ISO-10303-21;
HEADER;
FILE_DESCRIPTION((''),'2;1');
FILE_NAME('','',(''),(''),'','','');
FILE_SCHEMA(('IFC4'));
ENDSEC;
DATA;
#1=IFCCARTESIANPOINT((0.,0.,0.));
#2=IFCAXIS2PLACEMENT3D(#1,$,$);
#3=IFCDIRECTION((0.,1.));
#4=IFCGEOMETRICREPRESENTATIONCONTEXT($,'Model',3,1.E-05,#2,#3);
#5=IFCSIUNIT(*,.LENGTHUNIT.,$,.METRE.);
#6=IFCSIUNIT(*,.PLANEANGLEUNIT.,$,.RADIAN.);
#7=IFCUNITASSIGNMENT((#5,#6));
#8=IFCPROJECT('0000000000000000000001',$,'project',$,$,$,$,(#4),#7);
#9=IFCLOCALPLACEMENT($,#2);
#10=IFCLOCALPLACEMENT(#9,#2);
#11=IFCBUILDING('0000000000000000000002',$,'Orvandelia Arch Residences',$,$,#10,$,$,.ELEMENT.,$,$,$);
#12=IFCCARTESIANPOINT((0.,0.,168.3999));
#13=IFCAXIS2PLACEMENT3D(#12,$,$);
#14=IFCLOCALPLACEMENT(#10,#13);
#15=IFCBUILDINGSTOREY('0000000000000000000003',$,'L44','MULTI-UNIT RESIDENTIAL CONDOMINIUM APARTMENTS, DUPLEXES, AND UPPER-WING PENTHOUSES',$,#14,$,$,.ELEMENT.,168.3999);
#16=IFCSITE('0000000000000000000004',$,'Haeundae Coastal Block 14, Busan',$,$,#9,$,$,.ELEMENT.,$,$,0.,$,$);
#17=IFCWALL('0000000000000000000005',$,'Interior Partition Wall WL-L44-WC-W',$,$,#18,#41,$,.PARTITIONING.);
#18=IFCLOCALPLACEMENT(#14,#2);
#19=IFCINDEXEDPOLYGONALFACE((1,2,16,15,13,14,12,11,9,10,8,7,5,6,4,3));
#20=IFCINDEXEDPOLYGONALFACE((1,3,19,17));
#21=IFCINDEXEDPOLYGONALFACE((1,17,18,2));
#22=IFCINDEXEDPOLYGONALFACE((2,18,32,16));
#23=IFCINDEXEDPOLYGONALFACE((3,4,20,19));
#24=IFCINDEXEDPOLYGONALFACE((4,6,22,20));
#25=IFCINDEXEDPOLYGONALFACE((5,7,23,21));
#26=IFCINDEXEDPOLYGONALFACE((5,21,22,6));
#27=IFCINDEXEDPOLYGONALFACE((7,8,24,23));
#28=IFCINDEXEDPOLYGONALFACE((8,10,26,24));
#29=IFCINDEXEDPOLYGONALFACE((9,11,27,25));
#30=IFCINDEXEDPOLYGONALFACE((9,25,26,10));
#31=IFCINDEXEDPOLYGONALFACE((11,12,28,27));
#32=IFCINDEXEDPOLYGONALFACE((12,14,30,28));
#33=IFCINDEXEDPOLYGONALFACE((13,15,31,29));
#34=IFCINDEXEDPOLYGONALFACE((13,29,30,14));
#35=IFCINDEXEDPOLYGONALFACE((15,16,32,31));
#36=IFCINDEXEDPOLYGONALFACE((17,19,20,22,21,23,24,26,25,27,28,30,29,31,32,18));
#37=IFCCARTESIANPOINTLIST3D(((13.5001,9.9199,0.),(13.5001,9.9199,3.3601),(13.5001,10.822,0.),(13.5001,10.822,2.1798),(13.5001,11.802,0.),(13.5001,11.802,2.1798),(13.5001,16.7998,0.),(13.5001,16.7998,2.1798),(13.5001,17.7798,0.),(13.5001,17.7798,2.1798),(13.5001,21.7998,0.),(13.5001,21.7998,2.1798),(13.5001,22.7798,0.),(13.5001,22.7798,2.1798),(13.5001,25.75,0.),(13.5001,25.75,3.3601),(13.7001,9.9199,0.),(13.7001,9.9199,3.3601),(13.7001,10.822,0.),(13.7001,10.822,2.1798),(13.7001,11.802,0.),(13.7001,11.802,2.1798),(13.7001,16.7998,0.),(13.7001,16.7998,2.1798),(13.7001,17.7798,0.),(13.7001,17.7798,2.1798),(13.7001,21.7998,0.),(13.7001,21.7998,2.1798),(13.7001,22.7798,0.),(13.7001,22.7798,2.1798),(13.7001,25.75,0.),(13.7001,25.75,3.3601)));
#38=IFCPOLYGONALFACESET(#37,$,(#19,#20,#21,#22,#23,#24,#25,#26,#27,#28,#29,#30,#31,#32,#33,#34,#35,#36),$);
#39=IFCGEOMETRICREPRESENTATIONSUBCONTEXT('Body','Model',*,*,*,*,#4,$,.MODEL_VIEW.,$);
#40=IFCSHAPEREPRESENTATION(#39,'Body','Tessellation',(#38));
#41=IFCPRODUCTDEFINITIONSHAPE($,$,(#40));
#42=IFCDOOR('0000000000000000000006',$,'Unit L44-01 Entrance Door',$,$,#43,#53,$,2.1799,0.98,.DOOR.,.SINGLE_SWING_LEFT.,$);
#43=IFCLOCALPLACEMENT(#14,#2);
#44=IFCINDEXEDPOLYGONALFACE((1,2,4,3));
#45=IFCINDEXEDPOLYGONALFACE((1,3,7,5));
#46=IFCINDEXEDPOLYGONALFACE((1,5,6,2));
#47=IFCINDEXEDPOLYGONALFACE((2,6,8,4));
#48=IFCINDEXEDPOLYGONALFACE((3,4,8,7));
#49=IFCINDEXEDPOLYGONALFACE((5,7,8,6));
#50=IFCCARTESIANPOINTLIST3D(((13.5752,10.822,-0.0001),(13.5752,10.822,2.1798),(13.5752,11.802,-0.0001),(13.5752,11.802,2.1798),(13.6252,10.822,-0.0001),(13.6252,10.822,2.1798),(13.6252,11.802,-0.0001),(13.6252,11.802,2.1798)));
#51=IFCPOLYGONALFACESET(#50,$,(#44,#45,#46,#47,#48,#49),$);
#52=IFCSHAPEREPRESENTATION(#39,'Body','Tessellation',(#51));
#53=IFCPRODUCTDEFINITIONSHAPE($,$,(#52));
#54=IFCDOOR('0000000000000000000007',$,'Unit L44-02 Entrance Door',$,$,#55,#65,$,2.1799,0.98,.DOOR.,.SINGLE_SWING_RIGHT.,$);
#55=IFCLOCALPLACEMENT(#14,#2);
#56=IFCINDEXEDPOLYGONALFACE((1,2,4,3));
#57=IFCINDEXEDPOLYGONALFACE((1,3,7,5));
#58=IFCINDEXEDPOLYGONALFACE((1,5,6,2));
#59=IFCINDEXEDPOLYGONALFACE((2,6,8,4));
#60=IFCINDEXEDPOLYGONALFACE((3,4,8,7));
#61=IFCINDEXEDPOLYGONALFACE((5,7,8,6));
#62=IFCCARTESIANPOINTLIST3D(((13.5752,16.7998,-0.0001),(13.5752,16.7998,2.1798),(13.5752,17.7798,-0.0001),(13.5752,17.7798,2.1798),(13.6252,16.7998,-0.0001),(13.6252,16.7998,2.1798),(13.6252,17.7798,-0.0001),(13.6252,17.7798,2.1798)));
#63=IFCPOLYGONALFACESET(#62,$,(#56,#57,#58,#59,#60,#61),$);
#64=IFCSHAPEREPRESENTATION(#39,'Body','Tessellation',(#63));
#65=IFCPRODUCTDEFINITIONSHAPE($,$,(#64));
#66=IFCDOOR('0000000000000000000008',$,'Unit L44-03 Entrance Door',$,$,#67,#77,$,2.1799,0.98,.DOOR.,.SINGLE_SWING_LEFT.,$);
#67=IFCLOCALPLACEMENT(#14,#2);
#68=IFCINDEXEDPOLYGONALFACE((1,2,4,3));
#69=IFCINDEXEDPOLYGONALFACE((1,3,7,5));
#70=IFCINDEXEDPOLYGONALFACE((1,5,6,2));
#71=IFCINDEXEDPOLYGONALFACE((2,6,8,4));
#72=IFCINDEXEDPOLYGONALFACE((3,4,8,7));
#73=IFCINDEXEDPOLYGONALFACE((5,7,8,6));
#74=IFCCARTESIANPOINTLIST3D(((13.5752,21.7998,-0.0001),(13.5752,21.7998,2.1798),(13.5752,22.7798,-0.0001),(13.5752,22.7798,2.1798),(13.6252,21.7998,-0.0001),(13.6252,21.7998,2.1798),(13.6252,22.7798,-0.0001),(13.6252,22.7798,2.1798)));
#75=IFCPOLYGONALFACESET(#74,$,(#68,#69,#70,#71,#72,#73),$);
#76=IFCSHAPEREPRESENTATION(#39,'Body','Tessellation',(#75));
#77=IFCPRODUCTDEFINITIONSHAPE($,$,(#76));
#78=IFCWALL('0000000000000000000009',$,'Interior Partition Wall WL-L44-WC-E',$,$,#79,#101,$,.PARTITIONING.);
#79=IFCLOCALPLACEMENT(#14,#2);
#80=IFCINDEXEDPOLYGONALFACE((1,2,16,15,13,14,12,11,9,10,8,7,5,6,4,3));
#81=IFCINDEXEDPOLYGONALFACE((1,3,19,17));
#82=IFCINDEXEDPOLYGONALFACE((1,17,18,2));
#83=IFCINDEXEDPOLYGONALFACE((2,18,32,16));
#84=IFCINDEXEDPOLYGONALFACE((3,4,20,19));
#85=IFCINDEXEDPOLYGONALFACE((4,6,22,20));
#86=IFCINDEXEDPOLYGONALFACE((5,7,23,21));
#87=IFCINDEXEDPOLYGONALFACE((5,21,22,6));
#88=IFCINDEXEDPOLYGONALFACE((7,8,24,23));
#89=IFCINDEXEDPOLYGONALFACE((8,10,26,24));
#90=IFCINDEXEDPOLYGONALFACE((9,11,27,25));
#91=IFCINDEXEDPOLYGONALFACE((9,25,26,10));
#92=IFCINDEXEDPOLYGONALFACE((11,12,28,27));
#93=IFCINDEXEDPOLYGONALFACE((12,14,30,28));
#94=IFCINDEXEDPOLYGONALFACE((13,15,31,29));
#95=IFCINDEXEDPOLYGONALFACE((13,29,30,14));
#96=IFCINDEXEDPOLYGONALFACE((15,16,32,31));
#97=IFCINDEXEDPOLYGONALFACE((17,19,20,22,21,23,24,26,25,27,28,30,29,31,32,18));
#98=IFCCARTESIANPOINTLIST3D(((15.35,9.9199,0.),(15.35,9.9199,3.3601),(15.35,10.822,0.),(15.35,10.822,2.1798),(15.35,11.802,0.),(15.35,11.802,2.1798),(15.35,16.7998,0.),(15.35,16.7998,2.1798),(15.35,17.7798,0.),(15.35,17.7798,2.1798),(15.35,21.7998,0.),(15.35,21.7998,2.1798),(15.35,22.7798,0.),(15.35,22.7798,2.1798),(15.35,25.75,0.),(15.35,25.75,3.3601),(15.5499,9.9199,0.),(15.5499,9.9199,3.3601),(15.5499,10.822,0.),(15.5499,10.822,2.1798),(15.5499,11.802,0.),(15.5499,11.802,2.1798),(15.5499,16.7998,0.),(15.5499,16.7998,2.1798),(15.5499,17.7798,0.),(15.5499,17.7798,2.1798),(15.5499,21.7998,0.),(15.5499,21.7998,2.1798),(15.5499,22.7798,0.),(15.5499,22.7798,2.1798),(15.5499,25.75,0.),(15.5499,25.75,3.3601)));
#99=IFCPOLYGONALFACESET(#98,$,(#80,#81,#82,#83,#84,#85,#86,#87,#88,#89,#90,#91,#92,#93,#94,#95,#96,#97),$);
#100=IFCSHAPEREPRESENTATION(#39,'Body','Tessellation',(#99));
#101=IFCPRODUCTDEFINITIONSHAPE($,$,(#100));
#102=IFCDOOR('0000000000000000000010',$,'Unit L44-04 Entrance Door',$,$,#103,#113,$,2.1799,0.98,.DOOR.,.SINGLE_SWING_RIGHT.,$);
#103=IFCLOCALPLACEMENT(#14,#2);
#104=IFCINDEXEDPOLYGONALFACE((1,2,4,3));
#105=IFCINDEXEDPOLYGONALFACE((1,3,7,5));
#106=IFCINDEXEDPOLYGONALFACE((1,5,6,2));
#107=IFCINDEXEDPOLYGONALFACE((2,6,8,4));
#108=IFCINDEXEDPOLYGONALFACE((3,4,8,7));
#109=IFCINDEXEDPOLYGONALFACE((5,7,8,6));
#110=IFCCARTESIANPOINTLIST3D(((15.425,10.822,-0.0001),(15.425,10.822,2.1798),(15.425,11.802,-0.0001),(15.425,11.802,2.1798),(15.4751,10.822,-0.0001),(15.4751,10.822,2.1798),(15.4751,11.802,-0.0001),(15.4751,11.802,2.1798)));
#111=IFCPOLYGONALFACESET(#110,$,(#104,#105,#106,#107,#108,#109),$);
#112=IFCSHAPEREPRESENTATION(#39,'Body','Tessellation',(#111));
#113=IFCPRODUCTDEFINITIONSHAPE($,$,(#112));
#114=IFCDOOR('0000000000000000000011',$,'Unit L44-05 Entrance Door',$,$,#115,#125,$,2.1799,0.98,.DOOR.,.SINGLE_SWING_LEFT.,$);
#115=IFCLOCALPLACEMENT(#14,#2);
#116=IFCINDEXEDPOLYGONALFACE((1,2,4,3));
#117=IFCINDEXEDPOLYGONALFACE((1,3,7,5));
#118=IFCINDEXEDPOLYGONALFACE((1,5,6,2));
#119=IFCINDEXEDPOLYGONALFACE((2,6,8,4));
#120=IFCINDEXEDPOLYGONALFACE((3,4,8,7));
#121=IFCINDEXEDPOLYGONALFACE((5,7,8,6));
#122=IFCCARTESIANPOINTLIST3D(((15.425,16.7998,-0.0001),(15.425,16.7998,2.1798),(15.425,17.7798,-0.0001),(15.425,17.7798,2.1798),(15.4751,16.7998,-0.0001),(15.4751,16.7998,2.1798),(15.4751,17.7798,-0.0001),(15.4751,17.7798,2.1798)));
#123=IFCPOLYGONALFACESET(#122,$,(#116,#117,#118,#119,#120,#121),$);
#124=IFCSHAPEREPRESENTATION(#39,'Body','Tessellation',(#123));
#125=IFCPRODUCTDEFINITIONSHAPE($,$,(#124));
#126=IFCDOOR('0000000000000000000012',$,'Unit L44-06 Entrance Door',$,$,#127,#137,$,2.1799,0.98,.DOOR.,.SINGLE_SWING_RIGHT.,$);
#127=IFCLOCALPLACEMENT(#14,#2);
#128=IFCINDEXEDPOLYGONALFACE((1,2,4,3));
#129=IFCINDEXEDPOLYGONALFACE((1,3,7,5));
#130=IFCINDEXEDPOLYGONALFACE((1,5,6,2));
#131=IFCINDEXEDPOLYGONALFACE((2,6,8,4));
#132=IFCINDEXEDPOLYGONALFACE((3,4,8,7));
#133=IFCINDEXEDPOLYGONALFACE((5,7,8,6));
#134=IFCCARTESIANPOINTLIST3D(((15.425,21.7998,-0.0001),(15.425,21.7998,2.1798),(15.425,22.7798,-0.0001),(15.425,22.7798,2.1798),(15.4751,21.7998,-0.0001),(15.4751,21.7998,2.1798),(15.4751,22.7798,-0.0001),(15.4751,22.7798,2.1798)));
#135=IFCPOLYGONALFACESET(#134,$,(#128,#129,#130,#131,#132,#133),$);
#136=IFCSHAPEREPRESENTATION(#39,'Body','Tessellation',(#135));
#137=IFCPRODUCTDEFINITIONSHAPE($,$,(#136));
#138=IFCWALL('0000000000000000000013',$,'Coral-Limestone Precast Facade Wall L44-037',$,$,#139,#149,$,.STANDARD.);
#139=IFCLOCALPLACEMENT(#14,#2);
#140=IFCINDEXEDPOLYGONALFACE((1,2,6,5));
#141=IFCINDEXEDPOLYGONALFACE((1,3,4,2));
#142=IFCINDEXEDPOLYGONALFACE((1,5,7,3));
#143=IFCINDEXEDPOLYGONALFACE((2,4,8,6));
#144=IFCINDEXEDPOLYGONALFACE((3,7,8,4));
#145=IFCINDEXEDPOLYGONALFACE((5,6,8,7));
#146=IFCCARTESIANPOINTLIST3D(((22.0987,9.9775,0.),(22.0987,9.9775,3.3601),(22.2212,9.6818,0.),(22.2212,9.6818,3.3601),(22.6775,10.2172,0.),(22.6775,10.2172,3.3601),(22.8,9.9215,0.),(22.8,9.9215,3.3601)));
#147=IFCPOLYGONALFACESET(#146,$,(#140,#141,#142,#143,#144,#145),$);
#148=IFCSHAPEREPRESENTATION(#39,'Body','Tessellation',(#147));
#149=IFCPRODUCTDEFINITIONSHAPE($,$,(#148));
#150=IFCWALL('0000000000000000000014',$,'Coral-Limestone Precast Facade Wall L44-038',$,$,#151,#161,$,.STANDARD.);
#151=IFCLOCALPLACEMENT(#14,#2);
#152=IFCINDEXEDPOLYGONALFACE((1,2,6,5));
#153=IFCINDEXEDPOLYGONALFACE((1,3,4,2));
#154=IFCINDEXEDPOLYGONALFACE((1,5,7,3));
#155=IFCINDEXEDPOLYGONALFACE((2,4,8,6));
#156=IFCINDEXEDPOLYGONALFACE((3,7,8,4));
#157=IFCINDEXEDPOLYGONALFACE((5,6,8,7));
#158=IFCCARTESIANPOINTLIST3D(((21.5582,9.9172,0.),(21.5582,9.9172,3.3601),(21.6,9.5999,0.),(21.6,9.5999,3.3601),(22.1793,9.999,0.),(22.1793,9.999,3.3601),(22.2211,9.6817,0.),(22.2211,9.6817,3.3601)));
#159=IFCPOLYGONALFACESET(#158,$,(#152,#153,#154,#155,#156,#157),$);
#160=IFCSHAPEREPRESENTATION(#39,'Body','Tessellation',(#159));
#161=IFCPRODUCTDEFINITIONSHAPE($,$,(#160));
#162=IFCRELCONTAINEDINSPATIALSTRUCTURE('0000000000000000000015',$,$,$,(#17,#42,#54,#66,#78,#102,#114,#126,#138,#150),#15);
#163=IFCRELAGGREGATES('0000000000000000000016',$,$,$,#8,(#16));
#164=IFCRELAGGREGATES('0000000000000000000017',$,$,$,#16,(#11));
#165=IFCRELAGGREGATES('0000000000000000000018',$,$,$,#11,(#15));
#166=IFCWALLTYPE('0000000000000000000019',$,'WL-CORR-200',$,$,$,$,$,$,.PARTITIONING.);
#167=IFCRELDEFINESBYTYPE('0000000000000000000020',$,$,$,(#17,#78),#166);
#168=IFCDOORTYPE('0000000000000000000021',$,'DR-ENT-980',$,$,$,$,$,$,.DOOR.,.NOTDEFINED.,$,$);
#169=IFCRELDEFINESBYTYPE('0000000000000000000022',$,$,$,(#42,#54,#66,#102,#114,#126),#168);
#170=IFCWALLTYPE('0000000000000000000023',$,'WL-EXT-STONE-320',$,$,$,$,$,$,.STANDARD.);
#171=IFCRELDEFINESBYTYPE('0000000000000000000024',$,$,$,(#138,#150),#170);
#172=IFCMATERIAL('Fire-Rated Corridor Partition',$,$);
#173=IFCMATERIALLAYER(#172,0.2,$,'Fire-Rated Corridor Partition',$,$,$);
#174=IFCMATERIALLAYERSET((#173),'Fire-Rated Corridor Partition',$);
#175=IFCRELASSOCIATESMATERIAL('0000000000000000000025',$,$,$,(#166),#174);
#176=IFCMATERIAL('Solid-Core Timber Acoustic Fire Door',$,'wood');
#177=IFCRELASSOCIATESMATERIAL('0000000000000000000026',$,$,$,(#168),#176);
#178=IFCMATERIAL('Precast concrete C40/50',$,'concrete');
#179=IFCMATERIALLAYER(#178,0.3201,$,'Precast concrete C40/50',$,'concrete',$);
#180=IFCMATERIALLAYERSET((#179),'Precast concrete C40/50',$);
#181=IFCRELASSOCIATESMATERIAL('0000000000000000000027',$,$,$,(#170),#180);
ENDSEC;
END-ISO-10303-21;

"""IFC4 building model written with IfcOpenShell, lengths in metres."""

from ifc_helpers import new_model, si_unit, direction, frame, frame_2d, origin, place, context, subcontext, project, spatial, rectangle, extrude, material, layer, layer_set, type_object, element, fill, save


model = new_model("IFC4")

# Units and contexts
model_context = context("Model", 3, precision=1e-05, world=origin(), true_north=direction((0.0, 1.0)))
body_context = subcontext(model_context, "Body", "Model", "MODEL_VIEW")
ifc_project = project(units=[si_unit("LENGTHUNIT", "METRE"), si_unit("PLANEANGLEUNIT", "RADIAN")], contexts=[model_context])

# Site, building, storey
site_placement = place(None, origin())
site = spatial("IfcSite", under=ifc_project, at=site_placement, Name="Haeundae Coastal Block 14, Busan", CompositionType="ELEMENT", RefElevation=0.0)
building_placement = place(site_placement, origin())
building = spatial("IfcBuilding", under=site, at=building_placement, Name="Orvandelia Arch Residences", CompositionType="ELEMENT")
storey_placement = place(building_placement, frame((0.0, 0.0, 168.3999)))
storey = spatial("IfcBuildingStorey", under=building, at=storey_placement, Name="L44", Description="MULTI-UNIT RESIDENTIAL CONDOMINIUM APARTMENTS, DUPLEXES, AND UPPER-WING PENTHOUSES", CompositionType="ELEMENT", Elevation=168.3999)

# Walls, openings, doors
ifc_material_1 = material(Name="Fire-Rated Corridor Partition")
ifc_layer_1 = layer(ifc_material_1, 0.2, Name="Fire-Rated Corridor Partition")
ifc_layer_set_1 = layer_set([ifc_layer_1], Name="Fire-Rated Corridor Partition")
wall_type_1 = type_object("IfcWallType", Name="WL-CORR-200", PredefinedType="PARTITIONING", material=ifc_layer_set_1)
wall_1_placement = place(storey_placement, frame((13.6001, 9.9199, 0.0), z_axis=(0.0, 0.0, 1.0), x_axis=(0.0, 1.0, 0.0)))
wall_1 = element("IfcWall", 1, at=wall_1_placement, inside=storey, type_object=wall_type_1, Name="Interior Partition Wall WL-L44-WC-W", PredefinedType="PARTITIONING", context=body_context, shape_type="SweptSolid", body=[
    extrude(rectangle(XDim=15.8301, YDim=0.2, at=frame_2d((7.915, 0.0))), origin(), (0.0, 0.0, 1.0), 3.3601),
])
opening_1_placement = place(wall_1_placement, frame((0.9021, 0.0, 0.0)))
opening_1 = element("IfcOpeningElement", 2, at=opening_1_placement, cuts=wall_1, PredefinedType="OPENING", context=body_context, shape_type="SweptSolid", body=[
    extrude(rectangle(XDim=0.98, YDim=2.1799, at=frame_2d((0.49, 1.0898))), frame((0.0, 0.1099, 0.0), z_axis=(0.0, -1.0, 0.0), x_axis=(1.0, 0.0, 0.0)), (0.0, 0.0, 1.0), 0.22),
])
opening_2_placement = place(wall_1_placement, frame((6.8799, 0.0, 0.0)))
opening_2 = element("IfcOpeningElement", 3, at=opening_2_placement, cuts=wall_1, PredefinedType="OPENING", context=body_context, shape_type="SweptSolid", body=[
    extrude(rectangle(XDim=0.98, YDim=2.1799, at=frame_2d((0.49, 1.0898))), frame((0.0, 0.1099, 0.0), z_axis=(0.0, -1.0, 0.0), x_axis=(1.0, 0.0, 0.0)), (0.0, 0.0, 1.0), 0.22),
])
opening_3_placement = place(wall_1_placement, frame((11.8799, 0.0, 0.0)))
opening_3 = element("IfcOpeningElement", 4, at=opening_3_placement, cuts=wall_1, PredefinedType="OPENING", context=body_context, shape_type="SweptSolid", body=[
    extrude(rectangle(XDim=0.98, YDim=2.1799, at=frame_2d((0.49, 1.0898))), frame((0.0, 0.1099, 0.0), z_axis=(0.0, -1.0, 0.0), x_axis=(1.0, 0.0, 0.0)), (0.0, 0.0, 1.0), 0.22),
])
ifc_material_2 = material(Name="Solid-Core Timber Acoustic Fire Door", Category="wood")
door_type_1 = type_object("IfcDoorType", Name="DR-ENT-980", OperationType="NOTDEFINED", PredefinedType="DOOR", material=ifc_material_2)
door_1_placement = place(opening_1_placement, origin())
door_1 = element("IfcDoor", 5, at=door_1_placement, inside=storey, type_object=door_type_1, Name="Unit L44-01 Entrance Door", OperationType="SINGLE_SWING_LEFT", OverallHeight=2.1799, OverallWidth=0.98, PredefinedType="DOOR", context=body_context, shape_type="SweptSolid", body=[
    extrude(rectangle(XDim=0.98, YDim=2.1799, at=frame_2d((0.49, 1.0898))), frame((0.0, 0.0249, 0.0), z_axis=(0.0, -1.0, 0.0), x_axis=(1.0, 0.0, 0.0)), (0.0, 0.0, 1.0), 0.05),
])
fill(opening_1, door_1)
door_2_placement = place(opening_2_placement, origin())
door_2 = element("IfcDoor", 6, at=door_2_placement, inside=storey, type_object=door_type_1, Name="Unit L44-02 Entrance Door", OperationType="SINGLE_SWING_RIGHT", OverallHeight=2.1799, OverallWidth=0.98, PredefinedType="DOOR", context=body_context, shape_type="SweptSolid", body=[
    extrude(rectangle(XDim=0.98, YDim=2.1799, at=frame_2d((0.49, 1.0898))), frame((0.0, 0.0249, 0.0), z_axis=(0.0, -1.0, 0.0), x_axis=(1.0, 0.0, 0.0)), (0.0, 0.0, 1.0), 0.05),
])
fill(opening_2, door_2)
door_3_placement = place(opening_3_placement, origin())
door_3 = element("IfcDoor", 7, at=door_3_placement, inside=storey, type_object=door_type_1, Name="Unit L44-03 Entrance Door", OperationType="SINGLE_SWING_LEFT", OverallHeight=2.1799, OverallWidth=0.98, PredefinedType="DOOR", context=body_context, shape_type="SweptSolid", body=[
    extrude(rectangle(XDim=0.98, YDim=2.1799, at=frame_2d((0.49, 1.0898))), frame((0.0, 0.0249, 0.0), z_axis=(0.0, -1.0, 0.0), x_axis=(1.0, 0.0, 0.0)), (0.0, 0.0, 1.0), 0.05),
])
fill(opening_3, door_3)
wall_2_placement = place(storey_placement, frame((15.45, 9.9199, 0.0), z_axis=(0.0, 0.0, 1.0), x_axis=(0.0, 1.0, 0.0)))
wall_2 = element("IfcWall", 8, at=wall_2_placement, inside=storey, type_object=wall_type_1, Name="Interior Partition Wall WL-L44-WC-E", PredefinedType="PARTITIONING", context=body_context, shape_type="SweptSolid", body=[
    extrude(rectangle(XDim=15.8301, YDim=0.2, at=frame_2d((7.915, 0.0))), origin(), (0.0, 0.0, 1.0), 3.3601),
])
opening_4_placement = place(wall_2_placement, frame((0.9021, 0.0, 0.0)))
opening_4 = element("IfcOpeningElement", 9, at=opening_4_placement, cuts=wall_2, PredefinedType="OPENING", context=body_context, shape_type="SweptSolid", body=[
    extrude(rectangle(XDim=0.98, YDim=2.1799, at=frame_2d((0.49, 1.0898))), frame((0.0, 0.1099, 0.0), z_axis=(0.0, -1.0, 0.0), x_axis=(1.0, 0.0, 0.0)), (0.0, 0.0, 1.0), 0.22),
])
opening_5_placement = place(wall_2_placement, frame((6.8799, 0.0, 0.0)))
opening_5 = element("IfcOpeningElement", 10, at=opening_5_placement, cuts=wall_2, PredefinedType="OPENING", context=body_context, shape_type="SweptSolid", body=[
    extrude(rectangle(XDim=0.98, YDim=2.1799, at=frame_2d((0.49, 1.0898))), frame((0.0, 0.1099, 0.0), z_axis=(0.0, -1.0, 0.0), x_axis=(1.0, 0.0, 0.0)), (0.0, 0.0, 1.0), 0.22),
])
opening_6_placement = place(wall_2_placement, frame((11.8799, 0.0, 0.0)))
opening_6 = element("IfcOpeningElement", 11, at=opening_6_placement, cuts=wall_2, PredefinedType="OPENING", context=body_context, shape_type="SweptSolid", body=[
    extrude(rectangle(XDim=0.98, YDim=2.1799, at=frame_2d((0.49, 1.0898))), frame((0.0, 0.1099, 0.0), z_axis=(0.0, -1.0, 0.0), x_axis=(1.0, 0.0, 0.0)), (0.0, 0.0, 1.0), 0.22),
])
door_4_placement = place(opening_4_placement, origin())
door_4 = element("IfcDoor", 12, at=door_4_placement, inside=storey, type_object=door_type_1, Name="Unit L44-04 Entrance Door", OperationType="SINGLE_SWING_RIGHT", OverallHeight=2.1799, OverallWidth=0.98, PredefinedType="DOOR", context=body_context, shape_type="SweptSolid", body=[
    extrude(rectangle(XDim=0.98, YDim=2.1799, at=frame_2d((0.49, 1.0898))), frame((0.0, 0.0249, 0.0), z_axis=(0.0, -1.0, 0.0), x_axis=(1.0, 0.0, 0.0)), (0.0, 0.0, 1.0), 0.05),
])
fill(opening_4, door_4)
door_5_placement = place(opening_5_placement, origin())
door_5 = element("IfcDoor", 13, at=door_5_placement, inside=storey, type_object=door_type_1, Name="Unit L44-05 Entrance Door", OperationType="SINGLE_SWING_LEFT", OverallHeight=2.1799, OverallWidth=0.98, PredefinedType="DOOR", context=body_context, shape_type="SweptSolid", body=[
    extrude(rectangle(XDim=0.98, YDim=2.1799, at=frame_2d((0.49, 1.0898))), frame((0.0, 0.0249, 0.0), z_axis=(0.0, -1.0, 0.0), x_axis=(1.0, 0.0, 0.0)), (0.0, 0.0, 1.0), 0.05),
])
fill(opening_5, door_5)
door_6_placement = place(opening_6_placement, origin())
door_6 = element("IfcDoor", 14, at=door_6_placement, inside=storey, type_object=door_type_1, Name="Unit L44-06 Entrance Door", OperationType="SINGLE_SWING_RIGHT", OverallHeight=2.1799, OverallWidth=0.98, PredefinedType="DOOR", context=body_context, shape_type="SweptSolid", body=[
    extrude(rectangle(XDim=0.98, YDim=2.1799, at=frame_2d((0.49, 1.0898))), frame((0.0, 0.0249, 0.0), z_axis=(0.0, -1.0, 0.0), x_axis=(1.0, 0.0, 0.0)), (0.0, 0.0, 1.0), 0.05),
])
fill(opening_6, door_6)

# Walls
ifc_material_3 = material(Name="Precast concrete C40/50", Category="concrete")
ifc_layer_2 = layer(ifc_material_3, 0.3201, Name="Precast concrete C40/50", Category="concrete")
ifc_layer_set_2 = layer_set([ifc_layer_2], Name="Precast concrete C40/50")
wall_type_2 = type_object("IfcWallType", Name="WL-EXT-STONE-320", PredefinedType="STANDARD", material=ifc_layer_set_2)
for number, where, z_axis, x_axis, name in (
    (15, (22.7388, 10.0693, 0.0), (0.0, 0.0, 1.0), (-0.923893, -0.38265, 0.0), "Coral-Limestone Precast Facade Wall L44-037"),
    (16, (22.2002, 9.8403, 0.0), (0.0, 0.0, 1.0), (-0.991441, -0.130555, 0.0), "Coral-Limestone Precast Facade Wall L44-038"),
):
    element("IfcWall", number, at=place(storey_placement, frame(where, z_axis=z_axis, x_axis=x_axis)), inside=storey, type_object=wall_type_2, Name=name, PredefinedType="STANDARD", context=body_context, shape_type="SweptSolid", body=[
        extrude(rectangle(XDim=0.6265, YDim=0.3201, at=frame_2d((0.3132, 0.0))), origin(), (0.0, 0.0, 1.0), 3.3601),
    ])

save(model, "model.ifc")
